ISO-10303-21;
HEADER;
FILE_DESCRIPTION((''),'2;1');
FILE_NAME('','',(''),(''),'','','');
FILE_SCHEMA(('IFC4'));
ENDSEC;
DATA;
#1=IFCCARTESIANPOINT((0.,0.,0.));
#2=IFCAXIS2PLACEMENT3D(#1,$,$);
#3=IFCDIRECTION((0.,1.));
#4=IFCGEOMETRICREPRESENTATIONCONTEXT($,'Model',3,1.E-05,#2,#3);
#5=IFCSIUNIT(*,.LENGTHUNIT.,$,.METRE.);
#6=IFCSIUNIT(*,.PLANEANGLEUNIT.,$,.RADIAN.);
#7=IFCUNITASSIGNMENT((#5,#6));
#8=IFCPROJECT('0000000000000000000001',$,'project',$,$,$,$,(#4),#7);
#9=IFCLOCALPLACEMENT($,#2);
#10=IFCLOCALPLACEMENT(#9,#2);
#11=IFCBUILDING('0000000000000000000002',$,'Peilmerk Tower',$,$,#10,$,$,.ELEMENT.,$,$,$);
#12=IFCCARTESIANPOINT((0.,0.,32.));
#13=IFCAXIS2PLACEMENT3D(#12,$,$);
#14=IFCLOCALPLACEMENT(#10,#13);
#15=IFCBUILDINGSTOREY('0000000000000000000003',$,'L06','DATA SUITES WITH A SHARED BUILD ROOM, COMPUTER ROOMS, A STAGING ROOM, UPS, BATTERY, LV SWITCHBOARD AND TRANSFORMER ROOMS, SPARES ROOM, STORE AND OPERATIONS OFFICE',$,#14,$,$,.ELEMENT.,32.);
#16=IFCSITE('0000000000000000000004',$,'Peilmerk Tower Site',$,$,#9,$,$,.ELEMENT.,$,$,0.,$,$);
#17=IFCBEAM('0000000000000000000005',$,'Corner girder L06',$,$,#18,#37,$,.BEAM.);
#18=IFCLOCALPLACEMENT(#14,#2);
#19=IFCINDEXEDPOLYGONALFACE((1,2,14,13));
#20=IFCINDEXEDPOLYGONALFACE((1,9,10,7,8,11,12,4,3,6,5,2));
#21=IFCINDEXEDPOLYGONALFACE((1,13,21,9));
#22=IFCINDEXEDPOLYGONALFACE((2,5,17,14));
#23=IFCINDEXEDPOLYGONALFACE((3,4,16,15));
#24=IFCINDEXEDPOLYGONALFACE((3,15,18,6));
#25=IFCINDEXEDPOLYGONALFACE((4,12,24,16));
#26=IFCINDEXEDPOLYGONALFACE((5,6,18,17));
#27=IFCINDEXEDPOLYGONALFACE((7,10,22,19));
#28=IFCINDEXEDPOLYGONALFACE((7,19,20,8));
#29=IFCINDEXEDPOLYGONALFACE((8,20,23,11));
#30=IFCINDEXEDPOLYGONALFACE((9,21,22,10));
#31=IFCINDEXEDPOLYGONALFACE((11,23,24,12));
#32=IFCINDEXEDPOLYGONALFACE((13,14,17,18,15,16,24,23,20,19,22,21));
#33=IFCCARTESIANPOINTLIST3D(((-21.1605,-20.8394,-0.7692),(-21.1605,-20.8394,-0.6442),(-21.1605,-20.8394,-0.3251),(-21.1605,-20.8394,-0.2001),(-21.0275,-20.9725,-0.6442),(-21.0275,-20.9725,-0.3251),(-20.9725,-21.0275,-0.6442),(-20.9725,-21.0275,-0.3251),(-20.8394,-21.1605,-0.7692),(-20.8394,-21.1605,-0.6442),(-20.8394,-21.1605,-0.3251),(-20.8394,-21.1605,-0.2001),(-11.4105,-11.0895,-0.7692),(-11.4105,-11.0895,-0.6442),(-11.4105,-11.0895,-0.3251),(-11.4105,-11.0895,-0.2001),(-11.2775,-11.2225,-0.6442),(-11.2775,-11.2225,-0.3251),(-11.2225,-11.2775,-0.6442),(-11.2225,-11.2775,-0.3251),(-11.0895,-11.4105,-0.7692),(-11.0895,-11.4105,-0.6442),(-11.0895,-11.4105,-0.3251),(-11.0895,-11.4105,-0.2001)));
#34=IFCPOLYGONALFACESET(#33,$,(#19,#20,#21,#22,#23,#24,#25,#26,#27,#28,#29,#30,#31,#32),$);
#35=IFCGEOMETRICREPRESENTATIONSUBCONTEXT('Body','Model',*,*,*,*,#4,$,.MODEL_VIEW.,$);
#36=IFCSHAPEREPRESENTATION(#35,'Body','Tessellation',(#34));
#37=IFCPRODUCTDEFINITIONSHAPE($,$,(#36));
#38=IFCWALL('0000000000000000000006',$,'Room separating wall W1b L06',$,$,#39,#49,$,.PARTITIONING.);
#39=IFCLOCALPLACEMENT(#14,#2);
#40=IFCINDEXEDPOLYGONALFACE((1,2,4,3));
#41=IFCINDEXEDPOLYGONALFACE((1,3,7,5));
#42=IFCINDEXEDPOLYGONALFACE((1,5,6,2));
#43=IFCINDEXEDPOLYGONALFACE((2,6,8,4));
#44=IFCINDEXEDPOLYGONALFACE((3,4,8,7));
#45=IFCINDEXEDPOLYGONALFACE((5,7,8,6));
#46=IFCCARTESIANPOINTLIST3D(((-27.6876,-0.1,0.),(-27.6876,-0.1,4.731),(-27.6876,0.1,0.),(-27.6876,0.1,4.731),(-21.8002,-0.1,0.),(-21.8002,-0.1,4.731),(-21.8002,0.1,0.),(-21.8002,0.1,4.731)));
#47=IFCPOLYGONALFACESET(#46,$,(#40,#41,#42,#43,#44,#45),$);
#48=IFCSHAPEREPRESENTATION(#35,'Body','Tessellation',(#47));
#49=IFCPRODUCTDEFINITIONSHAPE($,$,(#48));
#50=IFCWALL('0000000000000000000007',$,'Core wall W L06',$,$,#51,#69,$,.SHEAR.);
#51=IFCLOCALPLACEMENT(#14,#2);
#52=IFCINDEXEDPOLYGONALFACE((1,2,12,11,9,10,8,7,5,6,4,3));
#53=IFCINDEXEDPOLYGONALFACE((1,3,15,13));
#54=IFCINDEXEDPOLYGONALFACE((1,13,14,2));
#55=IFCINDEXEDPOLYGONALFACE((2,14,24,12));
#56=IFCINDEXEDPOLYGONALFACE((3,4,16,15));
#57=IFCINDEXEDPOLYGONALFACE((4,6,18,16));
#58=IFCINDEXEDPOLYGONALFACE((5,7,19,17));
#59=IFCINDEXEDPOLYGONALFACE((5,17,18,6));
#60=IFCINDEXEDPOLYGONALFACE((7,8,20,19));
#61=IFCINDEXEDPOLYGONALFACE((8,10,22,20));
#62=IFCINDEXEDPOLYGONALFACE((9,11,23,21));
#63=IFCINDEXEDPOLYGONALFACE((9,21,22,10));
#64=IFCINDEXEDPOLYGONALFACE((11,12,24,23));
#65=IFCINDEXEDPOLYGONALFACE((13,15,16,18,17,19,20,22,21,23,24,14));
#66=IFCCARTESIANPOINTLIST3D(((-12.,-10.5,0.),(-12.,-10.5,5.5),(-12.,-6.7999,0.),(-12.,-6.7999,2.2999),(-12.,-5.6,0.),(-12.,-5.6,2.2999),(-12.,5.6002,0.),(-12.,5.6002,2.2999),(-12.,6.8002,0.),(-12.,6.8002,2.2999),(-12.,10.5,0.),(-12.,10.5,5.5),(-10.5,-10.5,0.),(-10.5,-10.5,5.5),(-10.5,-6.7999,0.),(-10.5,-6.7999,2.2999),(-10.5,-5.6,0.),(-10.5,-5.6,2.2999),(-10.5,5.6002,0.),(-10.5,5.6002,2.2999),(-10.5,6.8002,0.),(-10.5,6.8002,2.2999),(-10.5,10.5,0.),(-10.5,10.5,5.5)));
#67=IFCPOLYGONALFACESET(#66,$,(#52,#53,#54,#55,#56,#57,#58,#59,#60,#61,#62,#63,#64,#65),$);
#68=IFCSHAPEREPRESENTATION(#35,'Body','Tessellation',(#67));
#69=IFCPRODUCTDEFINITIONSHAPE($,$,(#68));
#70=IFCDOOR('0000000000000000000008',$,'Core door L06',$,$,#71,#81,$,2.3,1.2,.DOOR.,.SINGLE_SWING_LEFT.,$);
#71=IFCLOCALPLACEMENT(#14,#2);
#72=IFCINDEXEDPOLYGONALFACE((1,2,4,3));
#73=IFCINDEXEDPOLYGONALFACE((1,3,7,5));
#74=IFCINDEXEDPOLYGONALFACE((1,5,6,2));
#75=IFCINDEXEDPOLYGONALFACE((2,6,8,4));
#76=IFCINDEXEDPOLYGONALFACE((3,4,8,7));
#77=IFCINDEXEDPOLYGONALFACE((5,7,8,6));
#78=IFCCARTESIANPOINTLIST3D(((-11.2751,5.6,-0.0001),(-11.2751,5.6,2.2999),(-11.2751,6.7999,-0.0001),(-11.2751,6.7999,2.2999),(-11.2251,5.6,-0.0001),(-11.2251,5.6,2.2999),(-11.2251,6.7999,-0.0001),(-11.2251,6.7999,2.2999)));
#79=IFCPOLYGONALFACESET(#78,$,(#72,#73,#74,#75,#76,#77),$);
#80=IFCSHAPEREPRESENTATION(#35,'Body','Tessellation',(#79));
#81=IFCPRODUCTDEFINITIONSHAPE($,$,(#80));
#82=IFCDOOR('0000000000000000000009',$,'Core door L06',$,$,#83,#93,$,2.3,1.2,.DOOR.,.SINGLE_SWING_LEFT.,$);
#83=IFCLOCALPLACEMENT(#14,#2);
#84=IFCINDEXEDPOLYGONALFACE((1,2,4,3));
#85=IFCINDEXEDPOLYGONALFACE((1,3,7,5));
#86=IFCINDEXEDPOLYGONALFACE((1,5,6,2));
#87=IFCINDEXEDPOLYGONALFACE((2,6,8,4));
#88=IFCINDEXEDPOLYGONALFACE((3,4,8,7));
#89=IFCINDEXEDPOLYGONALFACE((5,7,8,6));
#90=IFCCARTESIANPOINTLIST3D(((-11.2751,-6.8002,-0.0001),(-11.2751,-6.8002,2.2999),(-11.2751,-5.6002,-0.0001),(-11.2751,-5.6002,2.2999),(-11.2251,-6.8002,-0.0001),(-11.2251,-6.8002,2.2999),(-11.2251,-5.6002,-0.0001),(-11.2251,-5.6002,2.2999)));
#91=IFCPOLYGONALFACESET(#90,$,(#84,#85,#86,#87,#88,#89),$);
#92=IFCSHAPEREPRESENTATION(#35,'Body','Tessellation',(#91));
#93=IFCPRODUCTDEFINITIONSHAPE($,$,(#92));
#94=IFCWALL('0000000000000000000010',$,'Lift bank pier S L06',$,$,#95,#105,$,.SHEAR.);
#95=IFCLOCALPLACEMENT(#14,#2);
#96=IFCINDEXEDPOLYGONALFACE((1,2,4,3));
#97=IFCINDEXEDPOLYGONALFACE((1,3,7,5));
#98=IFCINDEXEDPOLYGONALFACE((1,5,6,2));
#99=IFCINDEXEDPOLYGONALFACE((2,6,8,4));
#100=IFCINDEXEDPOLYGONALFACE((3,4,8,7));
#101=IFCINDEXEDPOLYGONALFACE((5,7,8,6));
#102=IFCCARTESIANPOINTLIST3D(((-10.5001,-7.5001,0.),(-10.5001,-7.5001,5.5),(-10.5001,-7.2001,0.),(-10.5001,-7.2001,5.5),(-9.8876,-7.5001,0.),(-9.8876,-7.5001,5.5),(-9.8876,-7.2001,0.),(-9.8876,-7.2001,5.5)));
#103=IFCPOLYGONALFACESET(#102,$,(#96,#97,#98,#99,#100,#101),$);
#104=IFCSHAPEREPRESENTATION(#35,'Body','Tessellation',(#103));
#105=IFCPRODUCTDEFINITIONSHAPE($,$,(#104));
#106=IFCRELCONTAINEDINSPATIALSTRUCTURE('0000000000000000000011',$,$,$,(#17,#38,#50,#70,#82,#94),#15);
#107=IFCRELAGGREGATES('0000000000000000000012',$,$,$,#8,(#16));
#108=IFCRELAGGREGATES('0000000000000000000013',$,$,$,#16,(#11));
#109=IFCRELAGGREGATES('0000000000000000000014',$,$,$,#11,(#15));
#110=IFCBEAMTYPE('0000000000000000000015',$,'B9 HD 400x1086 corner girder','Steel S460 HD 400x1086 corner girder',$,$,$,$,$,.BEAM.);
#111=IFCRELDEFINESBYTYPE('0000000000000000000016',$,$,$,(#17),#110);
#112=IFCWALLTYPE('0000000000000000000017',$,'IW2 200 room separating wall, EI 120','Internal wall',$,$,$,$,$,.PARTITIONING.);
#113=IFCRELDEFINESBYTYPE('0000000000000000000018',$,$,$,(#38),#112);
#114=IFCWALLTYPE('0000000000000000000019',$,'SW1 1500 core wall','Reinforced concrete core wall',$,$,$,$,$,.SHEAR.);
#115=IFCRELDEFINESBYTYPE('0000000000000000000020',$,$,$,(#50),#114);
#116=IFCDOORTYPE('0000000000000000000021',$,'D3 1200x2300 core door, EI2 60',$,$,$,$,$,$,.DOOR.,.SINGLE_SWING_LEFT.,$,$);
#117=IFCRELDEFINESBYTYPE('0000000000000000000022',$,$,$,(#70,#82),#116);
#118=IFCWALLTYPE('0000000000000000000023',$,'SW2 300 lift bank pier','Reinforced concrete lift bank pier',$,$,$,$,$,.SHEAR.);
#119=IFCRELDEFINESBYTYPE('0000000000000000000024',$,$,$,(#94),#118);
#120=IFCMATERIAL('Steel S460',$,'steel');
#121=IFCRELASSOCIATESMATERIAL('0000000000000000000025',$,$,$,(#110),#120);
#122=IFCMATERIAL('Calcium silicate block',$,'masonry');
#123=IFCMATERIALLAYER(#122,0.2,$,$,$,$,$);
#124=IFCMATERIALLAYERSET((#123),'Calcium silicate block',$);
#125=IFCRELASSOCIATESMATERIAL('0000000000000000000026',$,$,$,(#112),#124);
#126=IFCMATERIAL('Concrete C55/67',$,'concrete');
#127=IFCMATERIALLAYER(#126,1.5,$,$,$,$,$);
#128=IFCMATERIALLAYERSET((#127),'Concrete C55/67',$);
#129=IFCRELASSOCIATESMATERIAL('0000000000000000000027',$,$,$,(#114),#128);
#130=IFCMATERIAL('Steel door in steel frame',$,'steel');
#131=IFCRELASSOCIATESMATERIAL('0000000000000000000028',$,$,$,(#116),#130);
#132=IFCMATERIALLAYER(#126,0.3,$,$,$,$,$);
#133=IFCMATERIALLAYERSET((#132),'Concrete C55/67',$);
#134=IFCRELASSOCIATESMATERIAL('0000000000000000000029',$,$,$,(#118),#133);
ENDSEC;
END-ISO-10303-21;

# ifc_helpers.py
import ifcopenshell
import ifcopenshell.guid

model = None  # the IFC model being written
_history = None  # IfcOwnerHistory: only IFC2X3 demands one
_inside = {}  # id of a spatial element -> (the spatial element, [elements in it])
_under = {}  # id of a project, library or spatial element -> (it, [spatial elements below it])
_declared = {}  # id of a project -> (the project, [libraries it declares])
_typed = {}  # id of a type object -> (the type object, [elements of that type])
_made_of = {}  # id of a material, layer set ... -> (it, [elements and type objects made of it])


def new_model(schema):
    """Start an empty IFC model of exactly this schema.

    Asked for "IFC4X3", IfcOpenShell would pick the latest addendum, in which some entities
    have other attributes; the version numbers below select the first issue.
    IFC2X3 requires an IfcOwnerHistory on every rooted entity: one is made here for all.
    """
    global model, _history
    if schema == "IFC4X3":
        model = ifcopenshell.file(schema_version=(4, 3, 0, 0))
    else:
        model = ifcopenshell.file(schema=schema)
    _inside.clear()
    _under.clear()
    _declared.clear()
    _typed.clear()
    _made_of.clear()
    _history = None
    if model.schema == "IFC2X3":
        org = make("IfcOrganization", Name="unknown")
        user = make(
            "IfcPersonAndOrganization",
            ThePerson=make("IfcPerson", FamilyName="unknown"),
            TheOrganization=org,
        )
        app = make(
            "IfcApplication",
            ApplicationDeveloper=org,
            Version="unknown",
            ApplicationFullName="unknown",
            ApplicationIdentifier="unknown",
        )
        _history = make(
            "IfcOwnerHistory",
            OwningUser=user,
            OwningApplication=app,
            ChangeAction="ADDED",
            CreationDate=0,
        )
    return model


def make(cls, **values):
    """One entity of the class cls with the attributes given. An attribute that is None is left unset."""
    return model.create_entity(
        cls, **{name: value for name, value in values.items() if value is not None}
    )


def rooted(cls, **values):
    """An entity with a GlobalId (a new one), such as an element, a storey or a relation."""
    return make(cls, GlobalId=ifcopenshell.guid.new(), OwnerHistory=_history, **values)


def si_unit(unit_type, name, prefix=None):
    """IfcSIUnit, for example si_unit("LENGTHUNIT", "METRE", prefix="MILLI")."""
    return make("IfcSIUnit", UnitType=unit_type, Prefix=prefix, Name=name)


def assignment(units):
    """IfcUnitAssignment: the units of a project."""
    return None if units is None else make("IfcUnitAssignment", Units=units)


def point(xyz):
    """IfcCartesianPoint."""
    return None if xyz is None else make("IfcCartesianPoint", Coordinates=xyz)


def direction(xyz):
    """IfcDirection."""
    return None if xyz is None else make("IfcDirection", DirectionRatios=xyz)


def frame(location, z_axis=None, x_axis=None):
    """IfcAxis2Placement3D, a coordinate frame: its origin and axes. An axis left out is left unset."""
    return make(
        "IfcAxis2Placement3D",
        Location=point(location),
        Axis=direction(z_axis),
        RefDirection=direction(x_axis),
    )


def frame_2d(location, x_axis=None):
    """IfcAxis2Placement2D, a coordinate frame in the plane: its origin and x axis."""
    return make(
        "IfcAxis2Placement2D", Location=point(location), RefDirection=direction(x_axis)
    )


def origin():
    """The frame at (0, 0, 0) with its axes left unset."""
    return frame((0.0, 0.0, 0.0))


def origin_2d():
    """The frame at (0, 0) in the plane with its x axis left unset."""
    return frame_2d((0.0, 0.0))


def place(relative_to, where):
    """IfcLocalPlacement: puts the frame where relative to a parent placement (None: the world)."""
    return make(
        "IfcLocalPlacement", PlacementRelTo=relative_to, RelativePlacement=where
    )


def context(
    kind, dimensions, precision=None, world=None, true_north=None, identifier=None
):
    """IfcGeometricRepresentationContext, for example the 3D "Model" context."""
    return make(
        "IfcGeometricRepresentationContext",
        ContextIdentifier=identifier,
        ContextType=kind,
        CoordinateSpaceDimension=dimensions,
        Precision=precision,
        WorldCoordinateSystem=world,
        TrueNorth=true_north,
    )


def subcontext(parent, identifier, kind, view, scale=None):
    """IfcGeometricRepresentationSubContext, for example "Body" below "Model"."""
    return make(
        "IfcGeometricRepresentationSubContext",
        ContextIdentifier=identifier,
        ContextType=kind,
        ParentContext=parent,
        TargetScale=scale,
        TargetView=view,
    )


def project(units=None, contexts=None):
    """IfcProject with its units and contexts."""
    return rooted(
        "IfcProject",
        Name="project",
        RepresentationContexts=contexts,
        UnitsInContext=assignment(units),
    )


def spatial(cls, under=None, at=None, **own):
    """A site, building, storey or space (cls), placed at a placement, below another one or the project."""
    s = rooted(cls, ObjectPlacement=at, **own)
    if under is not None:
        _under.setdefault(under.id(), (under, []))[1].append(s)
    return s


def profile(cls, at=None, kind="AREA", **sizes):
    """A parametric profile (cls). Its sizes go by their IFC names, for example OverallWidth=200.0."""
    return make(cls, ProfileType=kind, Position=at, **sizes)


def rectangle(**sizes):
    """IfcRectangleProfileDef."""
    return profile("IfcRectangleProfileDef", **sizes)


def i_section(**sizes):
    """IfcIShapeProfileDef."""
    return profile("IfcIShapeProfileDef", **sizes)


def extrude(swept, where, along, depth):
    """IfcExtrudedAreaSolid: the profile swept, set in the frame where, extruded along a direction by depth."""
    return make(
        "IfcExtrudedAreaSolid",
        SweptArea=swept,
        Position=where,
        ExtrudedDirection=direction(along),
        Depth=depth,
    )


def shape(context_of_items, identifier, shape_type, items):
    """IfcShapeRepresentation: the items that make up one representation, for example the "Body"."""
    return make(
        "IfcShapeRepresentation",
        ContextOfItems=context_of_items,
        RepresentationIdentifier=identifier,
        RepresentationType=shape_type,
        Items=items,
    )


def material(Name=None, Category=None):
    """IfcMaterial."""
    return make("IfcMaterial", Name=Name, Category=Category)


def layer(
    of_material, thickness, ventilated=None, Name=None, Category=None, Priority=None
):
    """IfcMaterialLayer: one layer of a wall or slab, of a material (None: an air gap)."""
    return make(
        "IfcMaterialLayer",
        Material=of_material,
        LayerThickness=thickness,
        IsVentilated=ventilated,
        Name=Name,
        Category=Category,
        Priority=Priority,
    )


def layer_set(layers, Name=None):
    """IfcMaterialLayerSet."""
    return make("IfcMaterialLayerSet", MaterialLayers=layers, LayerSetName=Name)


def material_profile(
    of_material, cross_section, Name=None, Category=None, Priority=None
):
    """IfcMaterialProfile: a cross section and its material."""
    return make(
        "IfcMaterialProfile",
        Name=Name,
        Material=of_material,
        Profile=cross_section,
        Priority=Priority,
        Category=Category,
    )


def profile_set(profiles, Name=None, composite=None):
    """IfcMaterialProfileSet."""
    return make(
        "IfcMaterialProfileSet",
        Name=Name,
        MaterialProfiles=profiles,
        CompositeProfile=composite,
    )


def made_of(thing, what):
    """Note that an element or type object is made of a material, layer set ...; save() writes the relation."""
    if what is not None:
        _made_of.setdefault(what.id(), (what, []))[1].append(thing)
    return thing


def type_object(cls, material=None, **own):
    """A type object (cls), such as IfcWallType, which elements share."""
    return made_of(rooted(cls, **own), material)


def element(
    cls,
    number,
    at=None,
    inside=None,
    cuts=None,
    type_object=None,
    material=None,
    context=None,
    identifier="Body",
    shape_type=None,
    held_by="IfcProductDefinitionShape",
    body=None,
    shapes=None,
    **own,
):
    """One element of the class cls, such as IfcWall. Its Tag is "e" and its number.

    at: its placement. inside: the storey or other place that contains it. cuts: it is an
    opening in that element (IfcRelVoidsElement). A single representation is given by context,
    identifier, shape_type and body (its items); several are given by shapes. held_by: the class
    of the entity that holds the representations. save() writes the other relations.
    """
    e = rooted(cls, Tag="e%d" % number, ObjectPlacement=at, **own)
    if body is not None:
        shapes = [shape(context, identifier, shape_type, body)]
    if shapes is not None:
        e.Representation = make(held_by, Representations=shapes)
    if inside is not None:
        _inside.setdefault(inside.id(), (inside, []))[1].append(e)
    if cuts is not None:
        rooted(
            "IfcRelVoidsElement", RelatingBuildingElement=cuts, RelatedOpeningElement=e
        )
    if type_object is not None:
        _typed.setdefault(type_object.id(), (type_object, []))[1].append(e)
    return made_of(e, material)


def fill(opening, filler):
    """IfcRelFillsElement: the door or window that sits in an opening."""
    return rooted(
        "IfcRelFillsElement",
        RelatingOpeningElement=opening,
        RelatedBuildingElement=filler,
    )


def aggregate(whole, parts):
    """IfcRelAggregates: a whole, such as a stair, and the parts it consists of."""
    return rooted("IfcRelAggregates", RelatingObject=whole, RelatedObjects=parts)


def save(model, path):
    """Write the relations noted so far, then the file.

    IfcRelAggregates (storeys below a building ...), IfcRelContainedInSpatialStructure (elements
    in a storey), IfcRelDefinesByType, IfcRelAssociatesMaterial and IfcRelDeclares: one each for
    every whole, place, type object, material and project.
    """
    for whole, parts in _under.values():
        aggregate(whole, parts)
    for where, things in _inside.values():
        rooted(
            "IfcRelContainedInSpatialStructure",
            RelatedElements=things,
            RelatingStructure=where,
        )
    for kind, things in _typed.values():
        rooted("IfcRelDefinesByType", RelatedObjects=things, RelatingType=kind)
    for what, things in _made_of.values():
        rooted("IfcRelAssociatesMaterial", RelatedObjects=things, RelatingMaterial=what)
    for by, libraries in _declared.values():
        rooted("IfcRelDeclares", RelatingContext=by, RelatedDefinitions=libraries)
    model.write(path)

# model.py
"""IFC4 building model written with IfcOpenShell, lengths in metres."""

from ifc_helpers import new_model, si_unit, direction, frame, frame_2d, origin, origin_2d, place, context, subcontext, project, spatial, rectangle, i_section, extrude, material, layer, layer_set, material_profile, profile_set, type_object, element, fill, save


model = new_model("IFC4")

# Units and contexts
model_context = context("Model", 3, precision=1e-05, world=origin(), true_north=direction((0.0, 1.0)))
body_context = subcontext(model_context, "Body", "Model", "MODEL_VIEW")
ifc_project = project(units=[si_unit("LENGTHUNIT", "METRE"), si_unit("PLANEANGLEUNIT", "RADIAN")], contexts=[model_context])

# Site, building, storey
site_placement = place(None, origin())
site = spatial("IfcSite", under=ifc_project, at=site_placement, Name="Peilmerk Tower Site", CompositionType="ELEMENT", RefElevation=0.0)
building_placement = place(site_placement, origin())
building = spatial("IfcBuilding", under=site, at=building_placement, Name="Peilmerk Tower", CompositionType="ELEMENT")
storey_placement = place(building_placement, frame((0.0, 0.0, 32.0)))
storey = spatial("IfcBuildingStorey", under=building, at=storey_placement, Name="L06", Description="DATA SUITES WITH A SHARED BUILD ROOM, COMPUTER ROOMS, A STAGING ROOM, UPS, BATTERY, LV SWITCHBOARD AND TRANSFORMER ROOMS, SPARES ROOM, STORE AND OPERATIONS OFFICE", CompositionType="ELEMENT", Elevation=32.0)

# Beam
ifc_material_1 = material(Name="Steel S460", Category="steel")
ifc_material_profile_1 = material_profile(ifc_material_1, i_section(OverallWidth=0.4541, OverallDepth=0.5691, WebThickness=0.0779, FlangeThickness=0.125, at=origin_2d()), Name="HD 400x1086")
ifc_profile_set_1 = profile_set([ifc_material_profile_1], Name="Steel S460")
beam_type_1 = type_object("IfcBeamType", Name="B9 HD 400x1086 corner girder", Description="Steel S460 HD 400x1086 corner girder", PredefinedType="BEAM", material=ifc_profile_set_1)
beam_1_placement = place(storey_placement, frame((-11.25, -11.25, -0.4846), z_axis=(-0.707107, -0.707107, 0.0), x_axis=(0.707107, -0.707107, 0.0)))
element("IfcBeam", 1, at=beam_1_placement, inside=storey, type_object=beam_type_1, Name="Corner girder L06", PredefinedType="BEAM", context=body_context, shape_type="SweptSolid", body=[
    extrude(i_section(OverallWidth=0.4541, OverallDepth=0.5691, WebThickness=0.0779, FlangeThickness=0.125, at=origin_2d()), origin(), (0.0, 0.0, 1.0), 13.7886),
])

# Wall
ifc_material_2 = material(Name="Calcium silicate block", Category="masonry")
ifc_layer_1 = layer(ifc_material_2, 0.2)
ifc_layer_set_1 = layer_set([ifc_layer_1], Name="Calcium silicate block")
wall_type_1 = type_object("IfcWallType", Name="IW2 200 room separating wall, EI 120", Description="Internal wall", PredefinedType="PARTITIONING", material=ifc_layer_set_1)
wall_1_placement = place(storey_placement, frame((-21.8, 0.0, 0.0), z_axis=(0.0, 0.0, 1.0), x_axis=(-1.0, 0.0, 0.0)))
element("IfcWall", 2, at=wall_1_placement, inside=storey, type_object=wall_type_1, Name="Room separating wall W1b L06", PredefinedType="PARTITIONING", context=body_context, shape_type="SweptSolid", body=[
    extrude(rectangle(XDim=5.8875, YDim=0.2, at=frame_2d((2.9438, 0.0))), origin(), (0.0, 0.0, 1.0), 4.731),
])

# Wall, openings, doors
ifc_material_3 = material(Name="Concrete C55/67", Category="concrete")
ifc_layer_2 = layer(ifc_material_3, 1.5)
ifc_layer_set_2 = layer_set([ifc_layer_2], Name="Concrete C55/67")
wall_type_2 = type_object("IfcWallType", Name="SW1 1500 core wall", Description="Reinforced concrete core wall", PredefinedType="SHEAR", material=ifc_layer_set_2)
wall_2_placement = place(storey_placement, frame((-11.25, -10.5, 0.0), z_axis=(0.0, 0.0, 1.0), x_axis=(0.0, 1.0, 0.0)))
wall_2 = element("IfcWall", 3, at=wall_2_placement, inside=storey, type_object=wall_type_2, Name="Core wall W L06", PredefinedType="SHEAR", context=body_context, shape_type="SweptSolid", body=[
    extrude(rectangle(XDim=21.0, YDim=1.5, at=frame_2d((10.5, 0.0))), origin(), (0.0, 0.0, 1.0), 5.5),
])
opening_1_placement = place(wall_2_placement, frame((16.1001, 0.0, 0.0)))
opening_1 = element("IfcOpeningElement", 4, at=opening_1_placement, cuts=wall_2, PredefinedType="OPENING", context=body_context, shape_type="SweptSolid", body=[
    extrude(rectangle(XDim=1.2, YDim=2.3, at=frame_2d((0.6001, 1.1499))), frame((0.0, 0.76, 0.0), z_axis=(0.0, -1.0, 0.0), x_axis=(1.0, 0.0, 0.0)), (0.0, 0.0, 1.0), 1.52),
])
opening_2_placement = place(wall_2_placement, frame((3.7, 0.0, 0.0)))
opening_2 = element("IfcOpeningElement", 5, at=opening_2_placement, cuts=wall_2, PredefinedType="OPENING", context=body_context, shape_type="SweptSolid", body=[
    extrude(rectangle(XDim=1.2, YDim=2.3, at=frame_2d((0.6001, 1.1499))), frame((0.0, 0.76, 0.0), z_axis=(0.0, -1.0, 0.0), x_axis=(1.0, 0.0, 0.0)), (0.0, 0.0, 1.0), 1.52),
])
ifc_material_4 = material(Name="Steel door in steel frame", Category="steel")
door_type = type_object("IfcDoorType", Name="D3 1200x2300 core door, EI2 60", OperationType="SINGLE_SWING_LEFT", PredefinedType="DOOR", material=ifc_material_4)
door_1_placement = place(opening_1_placement, frame((1.2, 0.0, 0.0), z_axis=(0.0, 0.0, 1.0), x_axis=(-1.0, 0.0, 0.0)))
door_1 = element("IfcDoor", 6, at=door_1_placement, inside=storey, type_object=door_type, Name="Core door L06", OperationType="SINGLE_SWING_LEFT", OverallHeight=2.3, OverallWidth=1.2, PredefinedType="DOOR", context=body_context, shape_type="SweptSolid", body=[
    extrude(rectangle(XDim=1.2, YDim=2.3, at=frame_2d((0.6001, 1.1499))), frame((0.0, 0.0249, 0.0), z_axis=(0.0, -1.0, 0.0), x_axis=(1.0, 0.0, 0.0)), (0.0, 0.0, 1.0), 0.05),
])
fill(opening_1, door_1)
door_2_placement = place(opening_2_placement, frame((1.2, 0.0, 0.0), z_axis=(0.0, 0.0, 1.0), x_axis=(-1.0, 0.0, 0.0)))
door_2 = element("IfcDoor", 7, at=door_2_placement, inside=storey, type_object=door_type, Name="Core door L06", OperationType="SINGLE_SWING_LEFT", OverallHeight=2.3, OverallWidth=1.2, PredefinedType="DOOR", context=body_context, shape_type="SweptSolid", body=[
    extrude(rectangle(XDim=1.2, YDim=2.3, at=frame_2d((0.6001, 1.1499))), frame((0.0, 0.0249, 0.0), z_axis=(0.0, -1.0, 0.0), x_axis=(1.0, 0.0, 0.0)), (0.0, 0.0, 1.0), 0.05),
])
fill(opening_2, door_2)

# Wall
ifc_layer_3 = layer(ifc_material_3, 0.3)
ifc_layer_set_3 = layer_set([ifc_layer_3], Name="Concrete C55/67")
wall_type_3 = type_object("IfcWallType", Name="SW2 300 lift bank pier", Description="Reinforced concrete lift bank pier", PredefinedType="SHEAR", material=ifc_layer_set_3)
wall_3_placement = place(storey_placement, frame((-10.5, -7.3501, 0.0), z_axis=(0.0, 0.0, 1.0), x_axis=(1.0, 0.0, 0.0)))
element("IfcWall", 8, at=wall_3_placement, inside=storey, type_object=wall_type_3, Name="Lift bank pier S L06", PredefinedType="SHEAR", context=body_context, shape_type="SweptSolid", body=[
    extrude(rectangle(XDim=0.6125, YDim=0.3, at=frame_2d((0.3062, 0.0))), origin(), (0.0, 0.0, 1.0), 5.5),
])

save(model, "model.ifc")
